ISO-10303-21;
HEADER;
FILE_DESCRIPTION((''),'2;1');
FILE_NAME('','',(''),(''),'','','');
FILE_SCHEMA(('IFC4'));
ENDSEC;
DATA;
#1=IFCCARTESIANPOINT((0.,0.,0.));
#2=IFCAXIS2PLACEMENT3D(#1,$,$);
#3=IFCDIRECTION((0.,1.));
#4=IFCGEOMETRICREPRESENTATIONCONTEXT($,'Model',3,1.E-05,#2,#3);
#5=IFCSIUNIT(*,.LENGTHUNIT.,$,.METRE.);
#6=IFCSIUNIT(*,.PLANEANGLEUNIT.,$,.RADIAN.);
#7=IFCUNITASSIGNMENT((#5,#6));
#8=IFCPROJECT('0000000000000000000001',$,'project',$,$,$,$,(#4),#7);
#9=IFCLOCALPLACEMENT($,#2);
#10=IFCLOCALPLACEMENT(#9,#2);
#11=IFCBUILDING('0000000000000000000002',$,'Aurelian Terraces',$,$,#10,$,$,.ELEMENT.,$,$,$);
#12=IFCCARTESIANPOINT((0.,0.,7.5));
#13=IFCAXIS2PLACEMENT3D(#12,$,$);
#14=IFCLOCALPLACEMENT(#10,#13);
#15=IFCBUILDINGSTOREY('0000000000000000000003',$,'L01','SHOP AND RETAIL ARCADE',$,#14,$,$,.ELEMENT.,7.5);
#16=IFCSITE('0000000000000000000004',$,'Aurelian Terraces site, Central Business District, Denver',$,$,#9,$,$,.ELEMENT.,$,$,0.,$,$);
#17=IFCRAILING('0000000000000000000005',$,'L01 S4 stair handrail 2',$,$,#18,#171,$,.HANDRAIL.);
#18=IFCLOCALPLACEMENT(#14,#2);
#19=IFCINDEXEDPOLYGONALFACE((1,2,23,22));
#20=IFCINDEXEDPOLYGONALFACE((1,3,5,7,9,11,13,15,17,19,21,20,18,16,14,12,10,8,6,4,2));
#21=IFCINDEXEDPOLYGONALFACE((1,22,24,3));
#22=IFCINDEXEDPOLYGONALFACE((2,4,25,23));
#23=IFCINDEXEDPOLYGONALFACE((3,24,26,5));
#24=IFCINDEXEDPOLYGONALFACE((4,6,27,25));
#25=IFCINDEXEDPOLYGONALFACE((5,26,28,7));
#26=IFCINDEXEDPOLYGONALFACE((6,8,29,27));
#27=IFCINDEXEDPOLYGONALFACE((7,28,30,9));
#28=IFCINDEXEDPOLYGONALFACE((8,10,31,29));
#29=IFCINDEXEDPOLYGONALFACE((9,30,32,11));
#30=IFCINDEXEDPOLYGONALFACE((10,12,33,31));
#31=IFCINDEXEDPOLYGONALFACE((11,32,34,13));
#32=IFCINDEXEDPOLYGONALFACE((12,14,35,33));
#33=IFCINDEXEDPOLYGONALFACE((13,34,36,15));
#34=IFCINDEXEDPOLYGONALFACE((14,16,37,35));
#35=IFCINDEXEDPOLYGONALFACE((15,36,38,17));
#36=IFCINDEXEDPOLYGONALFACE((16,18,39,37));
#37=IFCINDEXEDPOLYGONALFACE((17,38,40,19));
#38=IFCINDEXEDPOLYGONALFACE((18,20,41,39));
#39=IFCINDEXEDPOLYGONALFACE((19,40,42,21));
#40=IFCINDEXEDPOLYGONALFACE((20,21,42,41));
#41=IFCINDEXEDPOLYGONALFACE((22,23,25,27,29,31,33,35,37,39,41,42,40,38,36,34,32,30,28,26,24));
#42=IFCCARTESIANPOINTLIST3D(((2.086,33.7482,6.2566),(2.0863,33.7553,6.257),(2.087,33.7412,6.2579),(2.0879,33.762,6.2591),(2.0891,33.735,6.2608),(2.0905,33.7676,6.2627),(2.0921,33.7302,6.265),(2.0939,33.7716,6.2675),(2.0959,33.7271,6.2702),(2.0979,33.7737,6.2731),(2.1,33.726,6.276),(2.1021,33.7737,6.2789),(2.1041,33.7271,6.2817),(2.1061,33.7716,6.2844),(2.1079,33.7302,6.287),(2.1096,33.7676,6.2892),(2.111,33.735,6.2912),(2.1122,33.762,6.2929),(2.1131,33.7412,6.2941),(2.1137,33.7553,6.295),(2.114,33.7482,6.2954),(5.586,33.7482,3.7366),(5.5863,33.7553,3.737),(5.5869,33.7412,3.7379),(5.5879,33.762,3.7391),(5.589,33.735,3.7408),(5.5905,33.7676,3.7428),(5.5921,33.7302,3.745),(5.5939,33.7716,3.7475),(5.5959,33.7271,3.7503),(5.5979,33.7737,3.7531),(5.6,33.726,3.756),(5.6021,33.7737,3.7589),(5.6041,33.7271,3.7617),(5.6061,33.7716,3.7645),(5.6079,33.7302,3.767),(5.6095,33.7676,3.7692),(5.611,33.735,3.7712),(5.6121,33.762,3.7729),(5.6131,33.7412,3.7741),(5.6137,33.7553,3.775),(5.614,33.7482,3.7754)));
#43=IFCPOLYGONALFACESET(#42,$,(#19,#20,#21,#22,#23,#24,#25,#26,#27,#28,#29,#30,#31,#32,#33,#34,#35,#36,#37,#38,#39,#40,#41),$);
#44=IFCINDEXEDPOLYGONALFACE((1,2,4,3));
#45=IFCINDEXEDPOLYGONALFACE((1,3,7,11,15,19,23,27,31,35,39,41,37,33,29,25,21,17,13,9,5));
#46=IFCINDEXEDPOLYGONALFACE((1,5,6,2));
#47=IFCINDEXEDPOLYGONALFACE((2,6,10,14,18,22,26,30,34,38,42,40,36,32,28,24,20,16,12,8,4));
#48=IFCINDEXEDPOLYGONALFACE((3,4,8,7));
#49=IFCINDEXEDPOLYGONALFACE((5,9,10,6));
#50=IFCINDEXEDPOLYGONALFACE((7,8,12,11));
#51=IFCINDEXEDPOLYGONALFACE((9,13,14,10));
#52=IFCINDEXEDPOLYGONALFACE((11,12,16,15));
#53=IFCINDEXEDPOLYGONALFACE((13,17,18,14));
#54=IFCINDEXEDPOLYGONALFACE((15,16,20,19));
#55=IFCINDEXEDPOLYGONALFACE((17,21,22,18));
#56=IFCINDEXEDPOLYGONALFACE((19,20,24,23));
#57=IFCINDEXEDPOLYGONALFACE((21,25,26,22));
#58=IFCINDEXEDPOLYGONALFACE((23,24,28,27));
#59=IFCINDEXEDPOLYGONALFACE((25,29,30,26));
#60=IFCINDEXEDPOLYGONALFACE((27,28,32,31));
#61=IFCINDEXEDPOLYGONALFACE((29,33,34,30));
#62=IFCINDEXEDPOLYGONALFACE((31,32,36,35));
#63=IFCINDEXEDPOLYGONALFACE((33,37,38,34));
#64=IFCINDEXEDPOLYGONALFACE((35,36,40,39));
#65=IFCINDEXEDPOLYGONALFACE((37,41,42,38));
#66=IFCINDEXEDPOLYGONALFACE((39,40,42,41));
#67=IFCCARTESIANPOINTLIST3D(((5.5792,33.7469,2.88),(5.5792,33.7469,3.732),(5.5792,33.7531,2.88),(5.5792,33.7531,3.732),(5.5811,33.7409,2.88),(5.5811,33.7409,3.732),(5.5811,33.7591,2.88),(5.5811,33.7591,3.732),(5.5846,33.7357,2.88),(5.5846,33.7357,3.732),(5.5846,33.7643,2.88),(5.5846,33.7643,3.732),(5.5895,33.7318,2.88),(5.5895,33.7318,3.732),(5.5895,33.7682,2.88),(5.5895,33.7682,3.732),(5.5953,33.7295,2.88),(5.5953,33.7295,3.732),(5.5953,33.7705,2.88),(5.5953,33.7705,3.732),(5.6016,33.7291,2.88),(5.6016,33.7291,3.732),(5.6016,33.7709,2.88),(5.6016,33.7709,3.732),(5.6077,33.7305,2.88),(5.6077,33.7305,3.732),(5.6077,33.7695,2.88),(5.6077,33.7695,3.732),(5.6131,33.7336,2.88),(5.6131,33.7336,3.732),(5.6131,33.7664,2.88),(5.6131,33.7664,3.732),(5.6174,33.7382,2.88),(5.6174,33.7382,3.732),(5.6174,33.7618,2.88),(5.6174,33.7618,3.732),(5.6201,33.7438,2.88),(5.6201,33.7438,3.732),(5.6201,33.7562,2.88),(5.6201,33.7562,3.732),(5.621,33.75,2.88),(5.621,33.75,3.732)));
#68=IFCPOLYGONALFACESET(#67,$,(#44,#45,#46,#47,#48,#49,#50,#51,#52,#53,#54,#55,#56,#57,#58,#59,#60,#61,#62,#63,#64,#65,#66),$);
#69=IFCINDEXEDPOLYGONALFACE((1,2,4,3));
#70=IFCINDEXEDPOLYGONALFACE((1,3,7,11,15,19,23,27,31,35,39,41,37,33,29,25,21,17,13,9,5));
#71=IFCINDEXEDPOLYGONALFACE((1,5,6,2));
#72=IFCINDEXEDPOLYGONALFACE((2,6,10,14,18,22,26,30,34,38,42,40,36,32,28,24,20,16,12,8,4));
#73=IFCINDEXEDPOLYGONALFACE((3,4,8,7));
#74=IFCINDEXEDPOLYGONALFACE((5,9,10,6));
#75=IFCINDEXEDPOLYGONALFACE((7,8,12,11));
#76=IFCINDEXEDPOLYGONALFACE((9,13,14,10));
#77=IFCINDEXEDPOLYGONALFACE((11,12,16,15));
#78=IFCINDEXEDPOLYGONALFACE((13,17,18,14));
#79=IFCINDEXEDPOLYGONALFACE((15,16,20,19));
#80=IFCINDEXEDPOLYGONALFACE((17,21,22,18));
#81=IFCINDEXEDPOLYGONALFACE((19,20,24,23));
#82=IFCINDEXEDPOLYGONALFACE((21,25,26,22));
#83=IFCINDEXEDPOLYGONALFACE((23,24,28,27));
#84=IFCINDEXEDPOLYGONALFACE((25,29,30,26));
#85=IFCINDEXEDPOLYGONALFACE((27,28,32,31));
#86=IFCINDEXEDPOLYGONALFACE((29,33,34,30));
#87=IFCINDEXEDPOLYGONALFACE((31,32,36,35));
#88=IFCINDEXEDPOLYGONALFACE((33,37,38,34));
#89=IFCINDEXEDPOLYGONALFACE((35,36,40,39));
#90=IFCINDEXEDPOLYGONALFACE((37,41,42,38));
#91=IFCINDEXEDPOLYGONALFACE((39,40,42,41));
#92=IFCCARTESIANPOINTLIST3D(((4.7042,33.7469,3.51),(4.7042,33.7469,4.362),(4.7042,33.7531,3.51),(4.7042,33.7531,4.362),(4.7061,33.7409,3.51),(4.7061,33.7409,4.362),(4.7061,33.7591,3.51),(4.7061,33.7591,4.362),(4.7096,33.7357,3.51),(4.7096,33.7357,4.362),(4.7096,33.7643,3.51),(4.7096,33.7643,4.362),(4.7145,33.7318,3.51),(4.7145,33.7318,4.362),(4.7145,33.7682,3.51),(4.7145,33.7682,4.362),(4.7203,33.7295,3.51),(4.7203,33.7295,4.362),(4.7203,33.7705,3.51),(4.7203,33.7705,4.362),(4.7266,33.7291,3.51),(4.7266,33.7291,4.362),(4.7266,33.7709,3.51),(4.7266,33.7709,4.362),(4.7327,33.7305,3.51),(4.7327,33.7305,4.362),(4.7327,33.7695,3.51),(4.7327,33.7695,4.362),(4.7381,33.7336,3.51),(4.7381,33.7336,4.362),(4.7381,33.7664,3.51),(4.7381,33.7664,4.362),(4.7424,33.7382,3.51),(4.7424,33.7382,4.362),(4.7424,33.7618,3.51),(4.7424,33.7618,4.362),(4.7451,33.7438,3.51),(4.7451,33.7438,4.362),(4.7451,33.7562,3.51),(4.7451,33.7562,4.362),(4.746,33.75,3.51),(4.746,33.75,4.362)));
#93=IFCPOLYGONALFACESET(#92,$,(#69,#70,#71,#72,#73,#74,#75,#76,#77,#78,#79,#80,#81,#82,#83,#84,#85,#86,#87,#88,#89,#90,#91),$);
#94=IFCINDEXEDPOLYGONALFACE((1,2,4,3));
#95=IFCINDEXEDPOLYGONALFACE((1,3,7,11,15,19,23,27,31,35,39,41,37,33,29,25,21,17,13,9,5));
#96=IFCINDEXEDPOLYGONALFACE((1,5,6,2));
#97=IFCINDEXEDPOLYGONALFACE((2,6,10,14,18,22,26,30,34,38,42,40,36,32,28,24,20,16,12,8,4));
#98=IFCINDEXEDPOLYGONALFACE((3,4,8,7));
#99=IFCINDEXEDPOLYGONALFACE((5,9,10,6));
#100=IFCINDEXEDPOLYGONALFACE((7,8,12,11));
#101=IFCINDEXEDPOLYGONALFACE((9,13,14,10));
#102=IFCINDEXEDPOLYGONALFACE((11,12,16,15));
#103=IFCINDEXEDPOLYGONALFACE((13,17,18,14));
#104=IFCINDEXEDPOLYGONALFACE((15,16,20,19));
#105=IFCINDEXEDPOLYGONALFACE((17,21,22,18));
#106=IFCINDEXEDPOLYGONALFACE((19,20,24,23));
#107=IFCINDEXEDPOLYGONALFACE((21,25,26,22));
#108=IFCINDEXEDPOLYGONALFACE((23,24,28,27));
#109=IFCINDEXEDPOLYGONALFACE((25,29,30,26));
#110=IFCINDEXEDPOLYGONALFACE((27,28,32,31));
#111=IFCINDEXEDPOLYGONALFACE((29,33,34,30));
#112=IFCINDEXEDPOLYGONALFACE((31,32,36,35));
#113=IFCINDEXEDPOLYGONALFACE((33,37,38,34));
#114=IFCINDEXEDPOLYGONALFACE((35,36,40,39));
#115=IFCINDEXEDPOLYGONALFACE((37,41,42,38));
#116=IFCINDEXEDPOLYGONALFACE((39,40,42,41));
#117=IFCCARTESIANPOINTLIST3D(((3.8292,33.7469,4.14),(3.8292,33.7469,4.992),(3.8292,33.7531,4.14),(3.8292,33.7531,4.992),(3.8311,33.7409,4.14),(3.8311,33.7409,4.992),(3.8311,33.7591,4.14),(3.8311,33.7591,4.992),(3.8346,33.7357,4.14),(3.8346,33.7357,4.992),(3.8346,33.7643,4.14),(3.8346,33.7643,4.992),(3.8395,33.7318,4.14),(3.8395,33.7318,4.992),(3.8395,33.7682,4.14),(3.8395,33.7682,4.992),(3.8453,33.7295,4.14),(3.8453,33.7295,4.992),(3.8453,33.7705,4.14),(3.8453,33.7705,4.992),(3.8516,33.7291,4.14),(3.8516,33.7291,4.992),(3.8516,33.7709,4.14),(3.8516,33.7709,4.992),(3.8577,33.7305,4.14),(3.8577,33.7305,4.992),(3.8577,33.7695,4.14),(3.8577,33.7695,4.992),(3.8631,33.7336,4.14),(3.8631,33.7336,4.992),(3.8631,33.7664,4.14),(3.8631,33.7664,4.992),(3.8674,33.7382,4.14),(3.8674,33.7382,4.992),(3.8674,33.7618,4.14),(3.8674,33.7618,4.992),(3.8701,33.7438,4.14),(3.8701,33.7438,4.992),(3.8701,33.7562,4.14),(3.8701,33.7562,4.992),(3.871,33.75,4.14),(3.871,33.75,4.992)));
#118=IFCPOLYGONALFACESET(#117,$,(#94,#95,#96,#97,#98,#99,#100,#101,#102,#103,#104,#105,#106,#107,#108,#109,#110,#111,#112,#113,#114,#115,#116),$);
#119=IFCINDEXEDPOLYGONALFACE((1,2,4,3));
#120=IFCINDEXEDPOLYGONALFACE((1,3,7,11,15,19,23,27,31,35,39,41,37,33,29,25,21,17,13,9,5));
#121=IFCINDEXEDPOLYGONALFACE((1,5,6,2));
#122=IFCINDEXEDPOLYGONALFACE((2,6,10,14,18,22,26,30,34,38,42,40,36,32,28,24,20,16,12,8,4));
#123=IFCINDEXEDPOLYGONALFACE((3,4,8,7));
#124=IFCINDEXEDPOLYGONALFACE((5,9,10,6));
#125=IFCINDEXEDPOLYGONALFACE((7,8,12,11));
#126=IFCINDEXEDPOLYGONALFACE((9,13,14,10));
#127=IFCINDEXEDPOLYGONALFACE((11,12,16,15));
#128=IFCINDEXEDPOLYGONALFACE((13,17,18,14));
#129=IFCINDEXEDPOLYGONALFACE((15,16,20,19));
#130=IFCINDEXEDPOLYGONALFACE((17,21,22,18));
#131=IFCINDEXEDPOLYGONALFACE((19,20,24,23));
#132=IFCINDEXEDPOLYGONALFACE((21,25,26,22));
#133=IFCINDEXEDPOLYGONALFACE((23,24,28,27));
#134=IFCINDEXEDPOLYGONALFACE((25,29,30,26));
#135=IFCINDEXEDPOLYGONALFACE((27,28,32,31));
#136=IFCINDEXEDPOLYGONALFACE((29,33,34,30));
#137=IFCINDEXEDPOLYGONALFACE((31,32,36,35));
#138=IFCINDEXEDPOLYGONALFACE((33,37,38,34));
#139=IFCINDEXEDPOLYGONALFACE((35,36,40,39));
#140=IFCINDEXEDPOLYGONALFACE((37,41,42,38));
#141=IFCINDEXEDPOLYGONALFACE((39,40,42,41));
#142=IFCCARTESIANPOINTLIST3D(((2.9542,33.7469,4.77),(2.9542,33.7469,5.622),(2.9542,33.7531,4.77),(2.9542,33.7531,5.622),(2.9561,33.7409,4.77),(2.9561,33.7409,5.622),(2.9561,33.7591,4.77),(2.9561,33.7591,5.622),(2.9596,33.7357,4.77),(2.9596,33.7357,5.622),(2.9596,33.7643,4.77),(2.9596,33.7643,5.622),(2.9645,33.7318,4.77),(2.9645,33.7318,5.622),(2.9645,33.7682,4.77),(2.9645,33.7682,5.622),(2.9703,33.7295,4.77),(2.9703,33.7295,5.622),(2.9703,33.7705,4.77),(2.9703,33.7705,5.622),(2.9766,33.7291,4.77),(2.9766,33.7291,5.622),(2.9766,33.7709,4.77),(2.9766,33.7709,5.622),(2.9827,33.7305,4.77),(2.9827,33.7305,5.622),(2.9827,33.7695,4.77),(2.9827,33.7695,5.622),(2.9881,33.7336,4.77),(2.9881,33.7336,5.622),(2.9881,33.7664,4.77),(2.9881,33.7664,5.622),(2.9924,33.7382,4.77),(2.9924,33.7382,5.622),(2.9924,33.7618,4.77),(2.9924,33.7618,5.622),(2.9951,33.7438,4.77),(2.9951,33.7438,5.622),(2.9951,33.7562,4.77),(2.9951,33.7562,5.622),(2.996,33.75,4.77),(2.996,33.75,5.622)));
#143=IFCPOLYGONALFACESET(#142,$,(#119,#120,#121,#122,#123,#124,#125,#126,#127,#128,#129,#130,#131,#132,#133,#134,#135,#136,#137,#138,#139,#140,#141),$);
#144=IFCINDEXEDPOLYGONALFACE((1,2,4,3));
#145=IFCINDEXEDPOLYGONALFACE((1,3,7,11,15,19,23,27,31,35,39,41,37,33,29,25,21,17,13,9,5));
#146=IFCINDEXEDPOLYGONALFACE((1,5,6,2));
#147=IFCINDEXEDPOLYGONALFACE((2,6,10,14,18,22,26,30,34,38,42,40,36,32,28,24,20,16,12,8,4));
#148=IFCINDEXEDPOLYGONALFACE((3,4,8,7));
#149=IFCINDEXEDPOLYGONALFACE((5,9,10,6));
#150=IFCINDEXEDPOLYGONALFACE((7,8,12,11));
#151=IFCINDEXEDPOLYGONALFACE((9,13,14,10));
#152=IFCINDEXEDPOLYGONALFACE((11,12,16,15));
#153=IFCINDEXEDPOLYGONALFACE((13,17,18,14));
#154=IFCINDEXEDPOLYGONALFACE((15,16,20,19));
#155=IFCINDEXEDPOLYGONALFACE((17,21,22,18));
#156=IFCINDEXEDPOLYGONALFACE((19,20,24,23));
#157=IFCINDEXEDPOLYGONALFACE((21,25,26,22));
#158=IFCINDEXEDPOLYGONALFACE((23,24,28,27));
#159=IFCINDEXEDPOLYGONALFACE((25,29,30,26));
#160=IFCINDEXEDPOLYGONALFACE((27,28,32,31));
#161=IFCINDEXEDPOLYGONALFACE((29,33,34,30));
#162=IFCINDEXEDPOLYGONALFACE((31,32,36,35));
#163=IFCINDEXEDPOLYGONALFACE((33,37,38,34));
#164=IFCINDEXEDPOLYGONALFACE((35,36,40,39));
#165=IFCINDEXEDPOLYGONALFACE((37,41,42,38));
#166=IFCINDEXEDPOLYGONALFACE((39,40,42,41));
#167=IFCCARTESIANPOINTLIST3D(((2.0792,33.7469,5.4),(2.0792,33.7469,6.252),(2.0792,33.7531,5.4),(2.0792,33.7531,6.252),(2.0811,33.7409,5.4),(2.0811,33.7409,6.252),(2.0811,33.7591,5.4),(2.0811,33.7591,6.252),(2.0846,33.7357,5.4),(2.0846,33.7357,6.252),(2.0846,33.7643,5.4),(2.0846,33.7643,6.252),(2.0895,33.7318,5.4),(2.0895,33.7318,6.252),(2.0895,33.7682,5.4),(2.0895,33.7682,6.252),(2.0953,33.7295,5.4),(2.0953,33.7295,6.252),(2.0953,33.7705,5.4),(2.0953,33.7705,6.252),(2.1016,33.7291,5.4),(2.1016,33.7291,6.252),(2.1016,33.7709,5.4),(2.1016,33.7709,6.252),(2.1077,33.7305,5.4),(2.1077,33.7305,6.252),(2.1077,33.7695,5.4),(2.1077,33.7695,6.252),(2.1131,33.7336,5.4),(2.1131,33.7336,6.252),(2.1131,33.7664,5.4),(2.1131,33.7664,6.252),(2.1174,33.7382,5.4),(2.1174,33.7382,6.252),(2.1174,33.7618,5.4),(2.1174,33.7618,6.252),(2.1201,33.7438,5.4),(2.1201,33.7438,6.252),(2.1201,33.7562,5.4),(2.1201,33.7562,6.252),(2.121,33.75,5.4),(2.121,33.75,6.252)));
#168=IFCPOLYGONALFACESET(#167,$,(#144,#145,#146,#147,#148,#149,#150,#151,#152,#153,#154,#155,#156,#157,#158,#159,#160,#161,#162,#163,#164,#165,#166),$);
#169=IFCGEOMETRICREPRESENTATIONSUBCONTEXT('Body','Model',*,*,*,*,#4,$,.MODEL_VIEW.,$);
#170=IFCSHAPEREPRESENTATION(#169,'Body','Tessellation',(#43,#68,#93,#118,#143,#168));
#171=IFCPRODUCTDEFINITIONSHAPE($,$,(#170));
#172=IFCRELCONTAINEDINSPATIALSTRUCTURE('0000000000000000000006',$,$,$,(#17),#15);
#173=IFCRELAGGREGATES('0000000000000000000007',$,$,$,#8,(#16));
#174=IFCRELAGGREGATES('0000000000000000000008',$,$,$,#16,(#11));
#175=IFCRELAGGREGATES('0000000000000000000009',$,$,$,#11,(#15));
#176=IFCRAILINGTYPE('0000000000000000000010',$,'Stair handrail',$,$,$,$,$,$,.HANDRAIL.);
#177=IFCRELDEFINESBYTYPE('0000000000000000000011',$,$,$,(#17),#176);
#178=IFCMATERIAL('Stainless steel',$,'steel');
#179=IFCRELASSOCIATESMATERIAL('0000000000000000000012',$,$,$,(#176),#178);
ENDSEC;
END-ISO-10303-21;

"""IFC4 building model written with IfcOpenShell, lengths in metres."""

from ifc_helpers import new_model, si_unit, direction, frame, origin, origin_2d, place, context, subcontext, project, spatial, circle, extrude, source, transform, mapped, material, type_object, element, save


model = new_model("IFC4")

# Units and contexts
model_context = context("Model", 3, precision=1e-05, world=origin(), true_north=direction((0.0, 1.0)))
body_context = subcontext(model_context, "Body", "Model", "MODEL_VIEW")
ifc_project = project(units=[si_unit("LENGTHUNIT", "METRE"), si_unit("PLANEANGLEUNIT", "RADIAN")], contexts=[model_context])

# Site, building, storey
site_placement = place(None, origin())
site = spatial("IfcSite", under=ifc_project, at=site_placement, Name="Aurelian Terraces site, Central Business District, Denver", CompositionType="ELEMENT", RefElevation=0.0)
building_placement = place(site_placement, origin())
building = spatial("IfcBuilding", under=site, at=building_placement, Name="Aurelian Terraces", CompositionType="ELEMENT")
storey_placement = place(building_placement, frame((0.0, 0.0, 7.5)))
storey = spatial("IfcBuildingStorey", under=building, at=storey_placement, Name="L01", Description="SHOP AND RETAIL ARCADE", CompositionType="ELEMENT", Elevation=7.5)

# Railing
ifc_material_1 = material(Name="Stainless steel", Category="steel")
railing_type_1 = type_object("IfcRailingType", Name="Stair handrail", PredefinedType="HANDRAIL", material=ifc_material_1)
shared_shape_1 = source(origin(), body_context, "Body", "SweptSolid", [
    extrude(circle(Radius=0.024, at=origin_2d()), frame((0.0, 0.0, 0.876), z_axis=(-0.811534, 0.0, 0.584305), x_axis=(0.0, -1.0, 0.0)), (0.0, 0.0, 1.0), 4.3128),
    extrude(circle(Radius=0.021, at=origin_2d()), origin(), (0.0, 0.0, 1.0), 0.852),
    extrude(circle(Radius=0.021, at=origin_2d()), frame((-0.875, 0.0, 0.63)), (0.0, 0.0, 1.0), 0.852),
    extrude(circle(Radius=0.021, at=origin_2d()), frame((-1.75, 0.0, 1.26)), (0.0, 0.0, 1.0), 0.852),
    extrude(circle(Radius=0.021, at=origin_2d()), frame((-2.625, 0.0, 1.89)), (0.0, 0.0, 1.0), 0.852),
    extrude(circle(Radius=0.021, at=origin_2d()), frame((-3.5, 0.0, 2.52)), (0.0, 0.0, 1.0), 0.852),
])
railing_1_placement = place(storey_placement, frame((5.6, 33.75, 2.88)))
element("IfcRailing", 1, at=railing_1_placement, inside=storey, type_object=railing_type_1, Name="L01 S4 stair handrail 2", PredefinedType="HANDRAIL", context=body_context, shape_type="MappedRepresentation", body=[
    mapped(shared_shape_1, transform((0.0, 0.0, 0.0), scale=1.0)),
])

save(model, "model.ifc")
